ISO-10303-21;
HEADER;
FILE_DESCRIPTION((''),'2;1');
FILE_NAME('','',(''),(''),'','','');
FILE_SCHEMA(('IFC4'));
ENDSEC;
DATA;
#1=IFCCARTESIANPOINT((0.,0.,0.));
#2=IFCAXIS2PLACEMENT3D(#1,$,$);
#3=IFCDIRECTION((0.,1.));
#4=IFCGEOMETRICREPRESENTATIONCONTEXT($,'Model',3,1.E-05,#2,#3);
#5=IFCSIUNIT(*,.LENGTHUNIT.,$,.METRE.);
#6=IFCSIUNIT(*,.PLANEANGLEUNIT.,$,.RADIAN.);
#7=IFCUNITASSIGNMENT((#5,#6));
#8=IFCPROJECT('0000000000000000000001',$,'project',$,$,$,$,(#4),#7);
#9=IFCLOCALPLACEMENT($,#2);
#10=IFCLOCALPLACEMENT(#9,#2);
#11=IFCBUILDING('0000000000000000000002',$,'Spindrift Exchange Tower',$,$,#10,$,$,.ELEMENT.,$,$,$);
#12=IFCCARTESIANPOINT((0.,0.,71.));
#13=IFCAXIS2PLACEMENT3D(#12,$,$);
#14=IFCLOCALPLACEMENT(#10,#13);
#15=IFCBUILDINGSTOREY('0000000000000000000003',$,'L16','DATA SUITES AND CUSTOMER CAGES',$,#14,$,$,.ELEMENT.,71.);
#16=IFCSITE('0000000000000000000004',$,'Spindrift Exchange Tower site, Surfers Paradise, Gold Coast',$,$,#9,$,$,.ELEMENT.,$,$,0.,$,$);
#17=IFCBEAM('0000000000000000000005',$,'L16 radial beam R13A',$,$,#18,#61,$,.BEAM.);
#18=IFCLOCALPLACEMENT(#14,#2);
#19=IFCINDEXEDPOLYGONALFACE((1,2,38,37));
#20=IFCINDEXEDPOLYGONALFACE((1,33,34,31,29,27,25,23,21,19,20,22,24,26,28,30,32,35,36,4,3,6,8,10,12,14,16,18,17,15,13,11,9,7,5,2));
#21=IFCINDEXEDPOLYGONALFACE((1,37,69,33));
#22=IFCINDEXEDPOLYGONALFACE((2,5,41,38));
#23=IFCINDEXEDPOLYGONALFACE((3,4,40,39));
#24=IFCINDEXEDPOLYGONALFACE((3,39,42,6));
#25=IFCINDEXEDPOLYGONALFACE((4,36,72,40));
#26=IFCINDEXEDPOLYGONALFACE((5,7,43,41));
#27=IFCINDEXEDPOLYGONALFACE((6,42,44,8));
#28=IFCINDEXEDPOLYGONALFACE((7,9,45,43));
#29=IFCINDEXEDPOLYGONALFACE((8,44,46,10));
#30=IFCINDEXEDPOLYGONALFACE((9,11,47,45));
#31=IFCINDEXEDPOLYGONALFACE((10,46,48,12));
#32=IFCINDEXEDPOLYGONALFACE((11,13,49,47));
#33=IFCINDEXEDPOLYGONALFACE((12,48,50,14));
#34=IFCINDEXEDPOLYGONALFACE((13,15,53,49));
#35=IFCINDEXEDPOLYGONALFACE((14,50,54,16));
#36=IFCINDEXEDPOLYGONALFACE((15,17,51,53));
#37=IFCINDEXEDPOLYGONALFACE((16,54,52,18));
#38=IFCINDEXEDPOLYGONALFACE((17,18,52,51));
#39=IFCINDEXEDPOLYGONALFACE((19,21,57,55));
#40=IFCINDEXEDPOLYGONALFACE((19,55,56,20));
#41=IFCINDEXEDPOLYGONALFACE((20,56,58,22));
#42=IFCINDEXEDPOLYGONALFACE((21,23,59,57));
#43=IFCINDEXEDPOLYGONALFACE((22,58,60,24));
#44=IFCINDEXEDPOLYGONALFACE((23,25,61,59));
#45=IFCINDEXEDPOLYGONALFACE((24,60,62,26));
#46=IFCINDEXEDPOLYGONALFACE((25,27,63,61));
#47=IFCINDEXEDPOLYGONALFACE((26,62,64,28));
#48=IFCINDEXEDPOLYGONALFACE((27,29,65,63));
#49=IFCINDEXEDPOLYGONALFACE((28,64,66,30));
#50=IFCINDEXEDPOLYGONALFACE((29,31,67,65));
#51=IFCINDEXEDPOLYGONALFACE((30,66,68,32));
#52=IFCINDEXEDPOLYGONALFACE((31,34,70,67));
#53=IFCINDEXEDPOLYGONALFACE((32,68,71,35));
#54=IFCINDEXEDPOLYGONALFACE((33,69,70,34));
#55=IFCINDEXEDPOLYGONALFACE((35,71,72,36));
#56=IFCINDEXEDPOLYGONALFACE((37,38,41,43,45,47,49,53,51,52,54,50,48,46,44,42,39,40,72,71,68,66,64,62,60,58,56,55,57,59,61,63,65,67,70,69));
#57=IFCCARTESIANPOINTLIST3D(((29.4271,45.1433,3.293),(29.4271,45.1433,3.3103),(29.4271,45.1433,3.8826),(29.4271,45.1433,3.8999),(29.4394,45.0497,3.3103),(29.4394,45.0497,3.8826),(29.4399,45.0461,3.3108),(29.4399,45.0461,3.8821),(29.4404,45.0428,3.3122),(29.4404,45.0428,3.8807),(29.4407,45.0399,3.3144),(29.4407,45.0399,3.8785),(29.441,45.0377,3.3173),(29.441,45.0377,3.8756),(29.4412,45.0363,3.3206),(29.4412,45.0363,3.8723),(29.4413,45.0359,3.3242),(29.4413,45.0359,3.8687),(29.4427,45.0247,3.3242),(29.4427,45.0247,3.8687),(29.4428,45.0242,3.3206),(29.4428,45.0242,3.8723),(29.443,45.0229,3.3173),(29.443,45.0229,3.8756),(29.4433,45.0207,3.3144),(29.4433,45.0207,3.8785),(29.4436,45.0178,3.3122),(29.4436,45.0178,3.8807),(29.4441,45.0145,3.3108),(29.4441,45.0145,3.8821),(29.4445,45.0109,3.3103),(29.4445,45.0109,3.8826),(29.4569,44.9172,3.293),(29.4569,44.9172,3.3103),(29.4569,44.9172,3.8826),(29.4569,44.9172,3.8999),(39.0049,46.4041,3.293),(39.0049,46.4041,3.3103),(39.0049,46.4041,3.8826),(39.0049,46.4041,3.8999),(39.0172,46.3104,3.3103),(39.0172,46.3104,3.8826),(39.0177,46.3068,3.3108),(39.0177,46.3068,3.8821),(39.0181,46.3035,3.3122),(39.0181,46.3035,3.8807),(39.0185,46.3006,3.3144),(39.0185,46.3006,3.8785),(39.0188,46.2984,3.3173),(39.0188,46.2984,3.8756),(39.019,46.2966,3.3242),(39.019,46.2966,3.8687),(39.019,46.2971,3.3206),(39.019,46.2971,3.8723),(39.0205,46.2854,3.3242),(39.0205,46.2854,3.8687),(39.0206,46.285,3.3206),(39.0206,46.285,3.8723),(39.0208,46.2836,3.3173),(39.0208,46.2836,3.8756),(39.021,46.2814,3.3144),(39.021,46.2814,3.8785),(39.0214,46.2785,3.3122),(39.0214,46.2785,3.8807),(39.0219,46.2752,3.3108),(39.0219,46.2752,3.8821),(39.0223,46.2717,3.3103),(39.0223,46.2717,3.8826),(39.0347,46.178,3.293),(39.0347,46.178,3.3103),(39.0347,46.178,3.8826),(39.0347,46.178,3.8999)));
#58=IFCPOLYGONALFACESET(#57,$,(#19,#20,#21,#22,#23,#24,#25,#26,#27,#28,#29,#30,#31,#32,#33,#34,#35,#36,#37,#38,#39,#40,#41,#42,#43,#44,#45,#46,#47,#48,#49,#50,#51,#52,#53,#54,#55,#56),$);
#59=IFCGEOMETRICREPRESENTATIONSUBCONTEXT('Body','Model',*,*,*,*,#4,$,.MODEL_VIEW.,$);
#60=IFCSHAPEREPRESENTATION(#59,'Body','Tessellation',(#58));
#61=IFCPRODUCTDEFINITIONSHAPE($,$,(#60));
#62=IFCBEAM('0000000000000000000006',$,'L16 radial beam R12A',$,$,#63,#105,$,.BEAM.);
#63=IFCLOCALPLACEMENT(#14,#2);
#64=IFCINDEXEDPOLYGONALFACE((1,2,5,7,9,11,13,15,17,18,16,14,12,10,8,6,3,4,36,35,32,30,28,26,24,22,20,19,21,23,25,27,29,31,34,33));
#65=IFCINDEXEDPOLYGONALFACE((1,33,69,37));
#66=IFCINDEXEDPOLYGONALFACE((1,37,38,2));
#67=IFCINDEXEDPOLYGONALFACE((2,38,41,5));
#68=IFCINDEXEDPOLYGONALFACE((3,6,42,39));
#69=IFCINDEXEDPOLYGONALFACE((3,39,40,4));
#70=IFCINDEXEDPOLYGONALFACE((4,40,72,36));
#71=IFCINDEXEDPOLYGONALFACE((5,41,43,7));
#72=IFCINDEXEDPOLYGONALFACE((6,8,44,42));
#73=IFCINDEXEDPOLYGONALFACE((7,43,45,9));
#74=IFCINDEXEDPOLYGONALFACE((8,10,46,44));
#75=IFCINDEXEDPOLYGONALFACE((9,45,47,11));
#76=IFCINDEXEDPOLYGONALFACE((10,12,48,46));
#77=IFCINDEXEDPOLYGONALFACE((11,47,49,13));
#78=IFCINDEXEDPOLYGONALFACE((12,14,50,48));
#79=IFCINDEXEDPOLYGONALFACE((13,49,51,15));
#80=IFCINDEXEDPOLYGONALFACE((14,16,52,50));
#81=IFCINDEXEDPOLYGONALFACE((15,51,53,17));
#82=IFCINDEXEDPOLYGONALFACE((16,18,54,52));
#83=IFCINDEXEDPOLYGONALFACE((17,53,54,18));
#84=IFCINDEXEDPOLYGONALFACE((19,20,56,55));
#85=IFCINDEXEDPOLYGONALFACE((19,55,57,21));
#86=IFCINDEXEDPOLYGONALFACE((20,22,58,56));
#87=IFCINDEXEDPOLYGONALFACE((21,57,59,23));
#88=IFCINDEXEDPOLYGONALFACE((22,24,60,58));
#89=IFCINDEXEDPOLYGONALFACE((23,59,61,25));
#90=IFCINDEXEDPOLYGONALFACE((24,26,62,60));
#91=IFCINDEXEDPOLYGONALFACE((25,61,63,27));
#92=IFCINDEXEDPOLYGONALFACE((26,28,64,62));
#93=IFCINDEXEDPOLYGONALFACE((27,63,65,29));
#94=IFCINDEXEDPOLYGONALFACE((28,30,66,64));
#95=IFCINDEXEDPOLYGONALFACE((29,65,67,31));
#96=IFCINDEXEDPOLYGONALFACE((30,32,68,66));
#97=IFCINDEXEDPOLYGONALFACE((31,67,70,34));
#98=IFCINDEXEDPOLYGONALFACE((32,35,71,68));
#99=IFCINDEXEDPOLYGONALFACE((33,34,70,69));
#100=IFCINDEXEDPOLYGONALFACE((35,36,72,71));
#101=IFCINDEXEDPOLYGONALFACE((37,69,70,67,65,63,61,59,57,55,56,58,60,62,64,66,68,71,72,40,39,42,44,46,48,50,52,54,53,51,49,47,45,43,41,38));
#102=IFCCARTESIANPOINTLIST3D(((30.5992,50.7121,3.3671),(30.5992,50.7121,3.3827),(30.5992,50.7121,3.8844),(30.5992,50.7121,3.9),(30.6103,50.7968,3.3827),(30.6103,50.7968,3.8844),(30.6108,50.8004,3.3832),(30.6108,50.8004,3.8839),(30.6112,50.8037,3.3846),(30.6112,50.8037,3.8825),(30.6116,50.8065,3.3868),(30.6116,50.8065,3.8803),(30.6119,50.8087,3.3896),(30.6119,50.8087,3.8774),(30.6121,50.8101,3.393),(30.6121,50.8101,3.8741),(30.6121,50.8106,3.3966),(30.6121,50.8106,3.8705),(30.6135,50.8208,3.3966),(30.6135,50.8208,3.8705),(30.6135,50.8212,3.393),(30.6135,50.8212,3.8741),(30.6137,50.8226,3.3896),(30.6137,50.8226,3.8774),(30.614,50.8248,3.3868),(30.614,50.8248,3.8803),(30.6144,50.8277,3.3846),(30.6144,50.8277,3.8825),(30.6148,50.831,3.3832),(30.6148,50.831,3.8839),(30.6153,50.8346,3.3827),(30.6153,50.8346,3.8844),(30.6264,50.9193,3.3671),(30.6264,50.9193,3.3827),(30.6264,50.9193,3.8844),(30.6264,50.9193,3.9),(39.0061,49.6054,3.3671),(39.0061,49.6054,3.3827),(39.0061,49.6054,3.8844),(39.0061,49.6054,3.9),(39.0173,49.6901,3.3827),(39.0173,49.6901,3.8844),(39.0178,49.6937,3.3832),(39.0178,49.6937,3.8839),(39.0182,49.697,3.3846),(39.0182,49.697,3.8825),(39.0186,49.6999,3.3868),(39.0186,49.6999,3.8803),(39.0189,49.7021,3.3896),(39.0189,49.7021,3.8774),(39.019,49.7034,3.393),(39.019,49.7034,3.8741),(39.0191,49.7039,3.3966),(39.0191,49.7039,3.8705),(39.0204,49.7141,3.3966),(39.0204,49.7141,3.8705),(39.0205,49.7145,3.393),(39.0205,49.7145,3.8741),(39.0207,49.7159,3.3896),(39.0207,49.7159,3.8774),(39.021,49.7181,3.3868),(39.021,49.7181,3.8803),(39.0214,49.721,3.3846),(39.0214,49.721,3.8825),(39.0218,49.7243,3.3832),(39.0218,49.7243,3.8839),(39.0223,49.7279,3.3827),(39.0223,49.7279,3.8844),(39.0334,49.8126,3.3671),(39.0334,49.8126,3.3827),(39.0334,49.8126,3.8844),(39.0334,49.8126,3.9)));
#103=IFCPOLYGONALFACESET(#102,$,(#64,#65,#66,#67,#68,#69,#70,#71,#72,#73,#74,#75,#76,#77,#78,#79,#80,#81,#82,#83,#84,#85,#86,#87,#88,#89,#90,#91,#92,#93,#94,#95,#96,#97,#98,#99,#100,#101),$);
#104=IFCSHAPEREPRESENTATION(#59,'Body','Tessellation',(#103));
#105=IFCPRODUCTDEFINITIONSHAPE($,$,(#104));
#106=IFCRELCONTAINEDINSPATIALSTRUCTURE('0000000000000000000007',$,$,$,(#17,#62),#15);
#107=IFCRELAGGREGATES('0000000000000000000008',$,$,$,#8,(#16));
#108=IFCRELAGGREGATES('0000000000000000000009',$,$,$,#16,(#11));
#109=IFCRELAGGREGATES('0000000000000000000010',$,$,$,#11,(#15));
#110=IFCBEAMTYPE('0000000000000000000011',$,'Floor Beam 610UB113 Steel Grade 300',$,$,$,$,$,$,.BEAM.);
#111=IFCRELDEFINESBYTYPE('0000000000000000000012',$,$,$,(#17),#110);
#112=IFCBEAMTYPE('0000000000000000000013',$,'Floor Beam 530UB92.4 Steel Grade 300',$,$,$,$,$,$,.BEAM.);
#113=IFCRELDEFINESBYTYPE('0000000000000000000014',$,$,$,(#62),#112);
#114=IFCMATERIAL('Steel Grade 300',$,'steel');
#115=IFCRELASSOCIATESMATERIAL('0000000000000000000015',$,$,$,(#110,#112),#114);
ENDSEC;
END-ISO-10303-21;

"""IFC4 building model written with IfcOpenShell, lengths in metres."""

from ifc_helpers import new_model, si_unit, direction, frame, origin, origin_2d, place, context, subcontext, project, spatial, i_section, extrude, source, transform, mapped, material, material_profile, profile_set, type_object, element, save


model = new_model("IFC4")

# Units and contexts
model_context = context("Model", 3, precision=1e-05, world=origin(), true_north=direction((0.0, 1.0)))
body_context = subcontext(model_context, "Body", "Model", "MODEL_VIEW")
ifc_project = project(units=[si_unit("LENGTHUNIT", "METRE"), si_unit("PLANEANGLEUNIT", "RADIAN")], contexts=[model_context])

# Site, building, storey
site_placement = place(None, origin())
site = spatial("IfcSite", under=ifc_project, at=site_placement, Name="Spindrift Exchange Tower site, Surfers Paradise, Gold Coast", CompositionType="ELEMENT", RefElevation=0.0)
building_placement = place(site_placement, origin())
building = spatial("IfcBuilding", under=site, at=building_placement, Name="Spindrift Exchange Tower", CompositionType="ELEMENT")
storey_placement = place(building_placement, frame((0.0, 0.0, 71.0)))
storey = spatial("IfcBuildingStorey", under=building, at=storey_placement, Name="L16", Description="DATA SUITES AND CUSTOMER CAGES", CompositionType="ELEMENT", Elevation=71.0)

# Beams
ifc_material_1 = material(Name="Steel Grade 300", Category="steel")
ifc_material_profile_1 = material_profile(ifc_material_1, i_section(OverallWidth=0.228, OverallDepth=0.6069, WebThickness=0.0112, FlangeThickness=0.0173, FilletRadius=0.0139, at=origin_2d()), Name="610UB113")
ifc_profile_set_1 = profile_set([ifc_material_profile_1], Name="Steel Grade 300")
beam_type_1 = type_object("IfcBeamType", Name="Floor Beam 610UB113 Steel Grade 300", PredefinedType="BEAM", material=ifc_profile_set_1)
shared_shape_1 = source(origin(), body_context, "Body", "SweptSolid", [
    extrude(i_section(OverallWidth=0.228, OverallDepth=0.6069, WebThickness=0.0112, FlangeThickness=0.0173, FilletRadius=0.0139, at=origin_2d()), origin(), (0.0, 0.0, 1.0), 9.6604),
])
beam_1_placement = place(storey_placement, frame((39.0198, 46.291, 3.5964), z_axis=(-0.991448, -0.130505, 0.0), x_axis=(0.130505, -0.991448, 0.0)))
element("IfcBeam", 1, at=beam_1_placement, inside=storey, type_object=beam_type_1, Name="L16 radial beam R13A", PredefinedType="BEAM", context=body_context, shape_type="MappedRepresentation", body=[
    mapped(shared_shape_1, transform((0.0, 0.0, 0.0), scale=1.0)),
])
ifc_material_profile_2 = material_profile(ifc_material_1, i_section(OverallWidth=0.209, OverallDepth=0.533, WebThickness=0.0103, FlangeThickness=0.0156, FilletRadius=0.0139, at=origin_2d()), Name="530UB92.4")
ifc_profile_set_2 = profile_set([ifc_material_profile_2], Name="Steel Grade 300")
beam_type_2 = type_object("IfcBeamType", Name="Floor Beam 530UB92.4 Steel Grade 300", PredefinedType="BEAM", material=ifc_profile_set_2)
shared_shape_2 = source(origin(), body_context, "Body", "SweptSolid", [
    extrude(i_section(OverallWidth=0.209, OverallDepth=0.533, WebThickness=0.0103, FlangeThickness=0.0156, FilletRadius=0.0139, at=origin_2d()), origin(), (0.0, 0.0, 1.0), 8.4795),
])
beam_2_placement = place(storey_placement, frame((39.0198, 49.709, 3.6335), z_axis=(-0.991447, 0.130513, 0.0), x_axis=(-0.130513, -0.991447, 0.0)))
element("IfcBeam", 2, at=beam_2_placement, inside=storey, type_object=beam_type_2, Name="L16 radial beam R12A", PredefinedType="BEAM", context=body_context, shape_type="MappedRepresentation", body=[
    mapped(shared_shape_2, transform((0.0, 0.0, 0.0), scale=1.0)),
])

save(model, "model.ifc")
